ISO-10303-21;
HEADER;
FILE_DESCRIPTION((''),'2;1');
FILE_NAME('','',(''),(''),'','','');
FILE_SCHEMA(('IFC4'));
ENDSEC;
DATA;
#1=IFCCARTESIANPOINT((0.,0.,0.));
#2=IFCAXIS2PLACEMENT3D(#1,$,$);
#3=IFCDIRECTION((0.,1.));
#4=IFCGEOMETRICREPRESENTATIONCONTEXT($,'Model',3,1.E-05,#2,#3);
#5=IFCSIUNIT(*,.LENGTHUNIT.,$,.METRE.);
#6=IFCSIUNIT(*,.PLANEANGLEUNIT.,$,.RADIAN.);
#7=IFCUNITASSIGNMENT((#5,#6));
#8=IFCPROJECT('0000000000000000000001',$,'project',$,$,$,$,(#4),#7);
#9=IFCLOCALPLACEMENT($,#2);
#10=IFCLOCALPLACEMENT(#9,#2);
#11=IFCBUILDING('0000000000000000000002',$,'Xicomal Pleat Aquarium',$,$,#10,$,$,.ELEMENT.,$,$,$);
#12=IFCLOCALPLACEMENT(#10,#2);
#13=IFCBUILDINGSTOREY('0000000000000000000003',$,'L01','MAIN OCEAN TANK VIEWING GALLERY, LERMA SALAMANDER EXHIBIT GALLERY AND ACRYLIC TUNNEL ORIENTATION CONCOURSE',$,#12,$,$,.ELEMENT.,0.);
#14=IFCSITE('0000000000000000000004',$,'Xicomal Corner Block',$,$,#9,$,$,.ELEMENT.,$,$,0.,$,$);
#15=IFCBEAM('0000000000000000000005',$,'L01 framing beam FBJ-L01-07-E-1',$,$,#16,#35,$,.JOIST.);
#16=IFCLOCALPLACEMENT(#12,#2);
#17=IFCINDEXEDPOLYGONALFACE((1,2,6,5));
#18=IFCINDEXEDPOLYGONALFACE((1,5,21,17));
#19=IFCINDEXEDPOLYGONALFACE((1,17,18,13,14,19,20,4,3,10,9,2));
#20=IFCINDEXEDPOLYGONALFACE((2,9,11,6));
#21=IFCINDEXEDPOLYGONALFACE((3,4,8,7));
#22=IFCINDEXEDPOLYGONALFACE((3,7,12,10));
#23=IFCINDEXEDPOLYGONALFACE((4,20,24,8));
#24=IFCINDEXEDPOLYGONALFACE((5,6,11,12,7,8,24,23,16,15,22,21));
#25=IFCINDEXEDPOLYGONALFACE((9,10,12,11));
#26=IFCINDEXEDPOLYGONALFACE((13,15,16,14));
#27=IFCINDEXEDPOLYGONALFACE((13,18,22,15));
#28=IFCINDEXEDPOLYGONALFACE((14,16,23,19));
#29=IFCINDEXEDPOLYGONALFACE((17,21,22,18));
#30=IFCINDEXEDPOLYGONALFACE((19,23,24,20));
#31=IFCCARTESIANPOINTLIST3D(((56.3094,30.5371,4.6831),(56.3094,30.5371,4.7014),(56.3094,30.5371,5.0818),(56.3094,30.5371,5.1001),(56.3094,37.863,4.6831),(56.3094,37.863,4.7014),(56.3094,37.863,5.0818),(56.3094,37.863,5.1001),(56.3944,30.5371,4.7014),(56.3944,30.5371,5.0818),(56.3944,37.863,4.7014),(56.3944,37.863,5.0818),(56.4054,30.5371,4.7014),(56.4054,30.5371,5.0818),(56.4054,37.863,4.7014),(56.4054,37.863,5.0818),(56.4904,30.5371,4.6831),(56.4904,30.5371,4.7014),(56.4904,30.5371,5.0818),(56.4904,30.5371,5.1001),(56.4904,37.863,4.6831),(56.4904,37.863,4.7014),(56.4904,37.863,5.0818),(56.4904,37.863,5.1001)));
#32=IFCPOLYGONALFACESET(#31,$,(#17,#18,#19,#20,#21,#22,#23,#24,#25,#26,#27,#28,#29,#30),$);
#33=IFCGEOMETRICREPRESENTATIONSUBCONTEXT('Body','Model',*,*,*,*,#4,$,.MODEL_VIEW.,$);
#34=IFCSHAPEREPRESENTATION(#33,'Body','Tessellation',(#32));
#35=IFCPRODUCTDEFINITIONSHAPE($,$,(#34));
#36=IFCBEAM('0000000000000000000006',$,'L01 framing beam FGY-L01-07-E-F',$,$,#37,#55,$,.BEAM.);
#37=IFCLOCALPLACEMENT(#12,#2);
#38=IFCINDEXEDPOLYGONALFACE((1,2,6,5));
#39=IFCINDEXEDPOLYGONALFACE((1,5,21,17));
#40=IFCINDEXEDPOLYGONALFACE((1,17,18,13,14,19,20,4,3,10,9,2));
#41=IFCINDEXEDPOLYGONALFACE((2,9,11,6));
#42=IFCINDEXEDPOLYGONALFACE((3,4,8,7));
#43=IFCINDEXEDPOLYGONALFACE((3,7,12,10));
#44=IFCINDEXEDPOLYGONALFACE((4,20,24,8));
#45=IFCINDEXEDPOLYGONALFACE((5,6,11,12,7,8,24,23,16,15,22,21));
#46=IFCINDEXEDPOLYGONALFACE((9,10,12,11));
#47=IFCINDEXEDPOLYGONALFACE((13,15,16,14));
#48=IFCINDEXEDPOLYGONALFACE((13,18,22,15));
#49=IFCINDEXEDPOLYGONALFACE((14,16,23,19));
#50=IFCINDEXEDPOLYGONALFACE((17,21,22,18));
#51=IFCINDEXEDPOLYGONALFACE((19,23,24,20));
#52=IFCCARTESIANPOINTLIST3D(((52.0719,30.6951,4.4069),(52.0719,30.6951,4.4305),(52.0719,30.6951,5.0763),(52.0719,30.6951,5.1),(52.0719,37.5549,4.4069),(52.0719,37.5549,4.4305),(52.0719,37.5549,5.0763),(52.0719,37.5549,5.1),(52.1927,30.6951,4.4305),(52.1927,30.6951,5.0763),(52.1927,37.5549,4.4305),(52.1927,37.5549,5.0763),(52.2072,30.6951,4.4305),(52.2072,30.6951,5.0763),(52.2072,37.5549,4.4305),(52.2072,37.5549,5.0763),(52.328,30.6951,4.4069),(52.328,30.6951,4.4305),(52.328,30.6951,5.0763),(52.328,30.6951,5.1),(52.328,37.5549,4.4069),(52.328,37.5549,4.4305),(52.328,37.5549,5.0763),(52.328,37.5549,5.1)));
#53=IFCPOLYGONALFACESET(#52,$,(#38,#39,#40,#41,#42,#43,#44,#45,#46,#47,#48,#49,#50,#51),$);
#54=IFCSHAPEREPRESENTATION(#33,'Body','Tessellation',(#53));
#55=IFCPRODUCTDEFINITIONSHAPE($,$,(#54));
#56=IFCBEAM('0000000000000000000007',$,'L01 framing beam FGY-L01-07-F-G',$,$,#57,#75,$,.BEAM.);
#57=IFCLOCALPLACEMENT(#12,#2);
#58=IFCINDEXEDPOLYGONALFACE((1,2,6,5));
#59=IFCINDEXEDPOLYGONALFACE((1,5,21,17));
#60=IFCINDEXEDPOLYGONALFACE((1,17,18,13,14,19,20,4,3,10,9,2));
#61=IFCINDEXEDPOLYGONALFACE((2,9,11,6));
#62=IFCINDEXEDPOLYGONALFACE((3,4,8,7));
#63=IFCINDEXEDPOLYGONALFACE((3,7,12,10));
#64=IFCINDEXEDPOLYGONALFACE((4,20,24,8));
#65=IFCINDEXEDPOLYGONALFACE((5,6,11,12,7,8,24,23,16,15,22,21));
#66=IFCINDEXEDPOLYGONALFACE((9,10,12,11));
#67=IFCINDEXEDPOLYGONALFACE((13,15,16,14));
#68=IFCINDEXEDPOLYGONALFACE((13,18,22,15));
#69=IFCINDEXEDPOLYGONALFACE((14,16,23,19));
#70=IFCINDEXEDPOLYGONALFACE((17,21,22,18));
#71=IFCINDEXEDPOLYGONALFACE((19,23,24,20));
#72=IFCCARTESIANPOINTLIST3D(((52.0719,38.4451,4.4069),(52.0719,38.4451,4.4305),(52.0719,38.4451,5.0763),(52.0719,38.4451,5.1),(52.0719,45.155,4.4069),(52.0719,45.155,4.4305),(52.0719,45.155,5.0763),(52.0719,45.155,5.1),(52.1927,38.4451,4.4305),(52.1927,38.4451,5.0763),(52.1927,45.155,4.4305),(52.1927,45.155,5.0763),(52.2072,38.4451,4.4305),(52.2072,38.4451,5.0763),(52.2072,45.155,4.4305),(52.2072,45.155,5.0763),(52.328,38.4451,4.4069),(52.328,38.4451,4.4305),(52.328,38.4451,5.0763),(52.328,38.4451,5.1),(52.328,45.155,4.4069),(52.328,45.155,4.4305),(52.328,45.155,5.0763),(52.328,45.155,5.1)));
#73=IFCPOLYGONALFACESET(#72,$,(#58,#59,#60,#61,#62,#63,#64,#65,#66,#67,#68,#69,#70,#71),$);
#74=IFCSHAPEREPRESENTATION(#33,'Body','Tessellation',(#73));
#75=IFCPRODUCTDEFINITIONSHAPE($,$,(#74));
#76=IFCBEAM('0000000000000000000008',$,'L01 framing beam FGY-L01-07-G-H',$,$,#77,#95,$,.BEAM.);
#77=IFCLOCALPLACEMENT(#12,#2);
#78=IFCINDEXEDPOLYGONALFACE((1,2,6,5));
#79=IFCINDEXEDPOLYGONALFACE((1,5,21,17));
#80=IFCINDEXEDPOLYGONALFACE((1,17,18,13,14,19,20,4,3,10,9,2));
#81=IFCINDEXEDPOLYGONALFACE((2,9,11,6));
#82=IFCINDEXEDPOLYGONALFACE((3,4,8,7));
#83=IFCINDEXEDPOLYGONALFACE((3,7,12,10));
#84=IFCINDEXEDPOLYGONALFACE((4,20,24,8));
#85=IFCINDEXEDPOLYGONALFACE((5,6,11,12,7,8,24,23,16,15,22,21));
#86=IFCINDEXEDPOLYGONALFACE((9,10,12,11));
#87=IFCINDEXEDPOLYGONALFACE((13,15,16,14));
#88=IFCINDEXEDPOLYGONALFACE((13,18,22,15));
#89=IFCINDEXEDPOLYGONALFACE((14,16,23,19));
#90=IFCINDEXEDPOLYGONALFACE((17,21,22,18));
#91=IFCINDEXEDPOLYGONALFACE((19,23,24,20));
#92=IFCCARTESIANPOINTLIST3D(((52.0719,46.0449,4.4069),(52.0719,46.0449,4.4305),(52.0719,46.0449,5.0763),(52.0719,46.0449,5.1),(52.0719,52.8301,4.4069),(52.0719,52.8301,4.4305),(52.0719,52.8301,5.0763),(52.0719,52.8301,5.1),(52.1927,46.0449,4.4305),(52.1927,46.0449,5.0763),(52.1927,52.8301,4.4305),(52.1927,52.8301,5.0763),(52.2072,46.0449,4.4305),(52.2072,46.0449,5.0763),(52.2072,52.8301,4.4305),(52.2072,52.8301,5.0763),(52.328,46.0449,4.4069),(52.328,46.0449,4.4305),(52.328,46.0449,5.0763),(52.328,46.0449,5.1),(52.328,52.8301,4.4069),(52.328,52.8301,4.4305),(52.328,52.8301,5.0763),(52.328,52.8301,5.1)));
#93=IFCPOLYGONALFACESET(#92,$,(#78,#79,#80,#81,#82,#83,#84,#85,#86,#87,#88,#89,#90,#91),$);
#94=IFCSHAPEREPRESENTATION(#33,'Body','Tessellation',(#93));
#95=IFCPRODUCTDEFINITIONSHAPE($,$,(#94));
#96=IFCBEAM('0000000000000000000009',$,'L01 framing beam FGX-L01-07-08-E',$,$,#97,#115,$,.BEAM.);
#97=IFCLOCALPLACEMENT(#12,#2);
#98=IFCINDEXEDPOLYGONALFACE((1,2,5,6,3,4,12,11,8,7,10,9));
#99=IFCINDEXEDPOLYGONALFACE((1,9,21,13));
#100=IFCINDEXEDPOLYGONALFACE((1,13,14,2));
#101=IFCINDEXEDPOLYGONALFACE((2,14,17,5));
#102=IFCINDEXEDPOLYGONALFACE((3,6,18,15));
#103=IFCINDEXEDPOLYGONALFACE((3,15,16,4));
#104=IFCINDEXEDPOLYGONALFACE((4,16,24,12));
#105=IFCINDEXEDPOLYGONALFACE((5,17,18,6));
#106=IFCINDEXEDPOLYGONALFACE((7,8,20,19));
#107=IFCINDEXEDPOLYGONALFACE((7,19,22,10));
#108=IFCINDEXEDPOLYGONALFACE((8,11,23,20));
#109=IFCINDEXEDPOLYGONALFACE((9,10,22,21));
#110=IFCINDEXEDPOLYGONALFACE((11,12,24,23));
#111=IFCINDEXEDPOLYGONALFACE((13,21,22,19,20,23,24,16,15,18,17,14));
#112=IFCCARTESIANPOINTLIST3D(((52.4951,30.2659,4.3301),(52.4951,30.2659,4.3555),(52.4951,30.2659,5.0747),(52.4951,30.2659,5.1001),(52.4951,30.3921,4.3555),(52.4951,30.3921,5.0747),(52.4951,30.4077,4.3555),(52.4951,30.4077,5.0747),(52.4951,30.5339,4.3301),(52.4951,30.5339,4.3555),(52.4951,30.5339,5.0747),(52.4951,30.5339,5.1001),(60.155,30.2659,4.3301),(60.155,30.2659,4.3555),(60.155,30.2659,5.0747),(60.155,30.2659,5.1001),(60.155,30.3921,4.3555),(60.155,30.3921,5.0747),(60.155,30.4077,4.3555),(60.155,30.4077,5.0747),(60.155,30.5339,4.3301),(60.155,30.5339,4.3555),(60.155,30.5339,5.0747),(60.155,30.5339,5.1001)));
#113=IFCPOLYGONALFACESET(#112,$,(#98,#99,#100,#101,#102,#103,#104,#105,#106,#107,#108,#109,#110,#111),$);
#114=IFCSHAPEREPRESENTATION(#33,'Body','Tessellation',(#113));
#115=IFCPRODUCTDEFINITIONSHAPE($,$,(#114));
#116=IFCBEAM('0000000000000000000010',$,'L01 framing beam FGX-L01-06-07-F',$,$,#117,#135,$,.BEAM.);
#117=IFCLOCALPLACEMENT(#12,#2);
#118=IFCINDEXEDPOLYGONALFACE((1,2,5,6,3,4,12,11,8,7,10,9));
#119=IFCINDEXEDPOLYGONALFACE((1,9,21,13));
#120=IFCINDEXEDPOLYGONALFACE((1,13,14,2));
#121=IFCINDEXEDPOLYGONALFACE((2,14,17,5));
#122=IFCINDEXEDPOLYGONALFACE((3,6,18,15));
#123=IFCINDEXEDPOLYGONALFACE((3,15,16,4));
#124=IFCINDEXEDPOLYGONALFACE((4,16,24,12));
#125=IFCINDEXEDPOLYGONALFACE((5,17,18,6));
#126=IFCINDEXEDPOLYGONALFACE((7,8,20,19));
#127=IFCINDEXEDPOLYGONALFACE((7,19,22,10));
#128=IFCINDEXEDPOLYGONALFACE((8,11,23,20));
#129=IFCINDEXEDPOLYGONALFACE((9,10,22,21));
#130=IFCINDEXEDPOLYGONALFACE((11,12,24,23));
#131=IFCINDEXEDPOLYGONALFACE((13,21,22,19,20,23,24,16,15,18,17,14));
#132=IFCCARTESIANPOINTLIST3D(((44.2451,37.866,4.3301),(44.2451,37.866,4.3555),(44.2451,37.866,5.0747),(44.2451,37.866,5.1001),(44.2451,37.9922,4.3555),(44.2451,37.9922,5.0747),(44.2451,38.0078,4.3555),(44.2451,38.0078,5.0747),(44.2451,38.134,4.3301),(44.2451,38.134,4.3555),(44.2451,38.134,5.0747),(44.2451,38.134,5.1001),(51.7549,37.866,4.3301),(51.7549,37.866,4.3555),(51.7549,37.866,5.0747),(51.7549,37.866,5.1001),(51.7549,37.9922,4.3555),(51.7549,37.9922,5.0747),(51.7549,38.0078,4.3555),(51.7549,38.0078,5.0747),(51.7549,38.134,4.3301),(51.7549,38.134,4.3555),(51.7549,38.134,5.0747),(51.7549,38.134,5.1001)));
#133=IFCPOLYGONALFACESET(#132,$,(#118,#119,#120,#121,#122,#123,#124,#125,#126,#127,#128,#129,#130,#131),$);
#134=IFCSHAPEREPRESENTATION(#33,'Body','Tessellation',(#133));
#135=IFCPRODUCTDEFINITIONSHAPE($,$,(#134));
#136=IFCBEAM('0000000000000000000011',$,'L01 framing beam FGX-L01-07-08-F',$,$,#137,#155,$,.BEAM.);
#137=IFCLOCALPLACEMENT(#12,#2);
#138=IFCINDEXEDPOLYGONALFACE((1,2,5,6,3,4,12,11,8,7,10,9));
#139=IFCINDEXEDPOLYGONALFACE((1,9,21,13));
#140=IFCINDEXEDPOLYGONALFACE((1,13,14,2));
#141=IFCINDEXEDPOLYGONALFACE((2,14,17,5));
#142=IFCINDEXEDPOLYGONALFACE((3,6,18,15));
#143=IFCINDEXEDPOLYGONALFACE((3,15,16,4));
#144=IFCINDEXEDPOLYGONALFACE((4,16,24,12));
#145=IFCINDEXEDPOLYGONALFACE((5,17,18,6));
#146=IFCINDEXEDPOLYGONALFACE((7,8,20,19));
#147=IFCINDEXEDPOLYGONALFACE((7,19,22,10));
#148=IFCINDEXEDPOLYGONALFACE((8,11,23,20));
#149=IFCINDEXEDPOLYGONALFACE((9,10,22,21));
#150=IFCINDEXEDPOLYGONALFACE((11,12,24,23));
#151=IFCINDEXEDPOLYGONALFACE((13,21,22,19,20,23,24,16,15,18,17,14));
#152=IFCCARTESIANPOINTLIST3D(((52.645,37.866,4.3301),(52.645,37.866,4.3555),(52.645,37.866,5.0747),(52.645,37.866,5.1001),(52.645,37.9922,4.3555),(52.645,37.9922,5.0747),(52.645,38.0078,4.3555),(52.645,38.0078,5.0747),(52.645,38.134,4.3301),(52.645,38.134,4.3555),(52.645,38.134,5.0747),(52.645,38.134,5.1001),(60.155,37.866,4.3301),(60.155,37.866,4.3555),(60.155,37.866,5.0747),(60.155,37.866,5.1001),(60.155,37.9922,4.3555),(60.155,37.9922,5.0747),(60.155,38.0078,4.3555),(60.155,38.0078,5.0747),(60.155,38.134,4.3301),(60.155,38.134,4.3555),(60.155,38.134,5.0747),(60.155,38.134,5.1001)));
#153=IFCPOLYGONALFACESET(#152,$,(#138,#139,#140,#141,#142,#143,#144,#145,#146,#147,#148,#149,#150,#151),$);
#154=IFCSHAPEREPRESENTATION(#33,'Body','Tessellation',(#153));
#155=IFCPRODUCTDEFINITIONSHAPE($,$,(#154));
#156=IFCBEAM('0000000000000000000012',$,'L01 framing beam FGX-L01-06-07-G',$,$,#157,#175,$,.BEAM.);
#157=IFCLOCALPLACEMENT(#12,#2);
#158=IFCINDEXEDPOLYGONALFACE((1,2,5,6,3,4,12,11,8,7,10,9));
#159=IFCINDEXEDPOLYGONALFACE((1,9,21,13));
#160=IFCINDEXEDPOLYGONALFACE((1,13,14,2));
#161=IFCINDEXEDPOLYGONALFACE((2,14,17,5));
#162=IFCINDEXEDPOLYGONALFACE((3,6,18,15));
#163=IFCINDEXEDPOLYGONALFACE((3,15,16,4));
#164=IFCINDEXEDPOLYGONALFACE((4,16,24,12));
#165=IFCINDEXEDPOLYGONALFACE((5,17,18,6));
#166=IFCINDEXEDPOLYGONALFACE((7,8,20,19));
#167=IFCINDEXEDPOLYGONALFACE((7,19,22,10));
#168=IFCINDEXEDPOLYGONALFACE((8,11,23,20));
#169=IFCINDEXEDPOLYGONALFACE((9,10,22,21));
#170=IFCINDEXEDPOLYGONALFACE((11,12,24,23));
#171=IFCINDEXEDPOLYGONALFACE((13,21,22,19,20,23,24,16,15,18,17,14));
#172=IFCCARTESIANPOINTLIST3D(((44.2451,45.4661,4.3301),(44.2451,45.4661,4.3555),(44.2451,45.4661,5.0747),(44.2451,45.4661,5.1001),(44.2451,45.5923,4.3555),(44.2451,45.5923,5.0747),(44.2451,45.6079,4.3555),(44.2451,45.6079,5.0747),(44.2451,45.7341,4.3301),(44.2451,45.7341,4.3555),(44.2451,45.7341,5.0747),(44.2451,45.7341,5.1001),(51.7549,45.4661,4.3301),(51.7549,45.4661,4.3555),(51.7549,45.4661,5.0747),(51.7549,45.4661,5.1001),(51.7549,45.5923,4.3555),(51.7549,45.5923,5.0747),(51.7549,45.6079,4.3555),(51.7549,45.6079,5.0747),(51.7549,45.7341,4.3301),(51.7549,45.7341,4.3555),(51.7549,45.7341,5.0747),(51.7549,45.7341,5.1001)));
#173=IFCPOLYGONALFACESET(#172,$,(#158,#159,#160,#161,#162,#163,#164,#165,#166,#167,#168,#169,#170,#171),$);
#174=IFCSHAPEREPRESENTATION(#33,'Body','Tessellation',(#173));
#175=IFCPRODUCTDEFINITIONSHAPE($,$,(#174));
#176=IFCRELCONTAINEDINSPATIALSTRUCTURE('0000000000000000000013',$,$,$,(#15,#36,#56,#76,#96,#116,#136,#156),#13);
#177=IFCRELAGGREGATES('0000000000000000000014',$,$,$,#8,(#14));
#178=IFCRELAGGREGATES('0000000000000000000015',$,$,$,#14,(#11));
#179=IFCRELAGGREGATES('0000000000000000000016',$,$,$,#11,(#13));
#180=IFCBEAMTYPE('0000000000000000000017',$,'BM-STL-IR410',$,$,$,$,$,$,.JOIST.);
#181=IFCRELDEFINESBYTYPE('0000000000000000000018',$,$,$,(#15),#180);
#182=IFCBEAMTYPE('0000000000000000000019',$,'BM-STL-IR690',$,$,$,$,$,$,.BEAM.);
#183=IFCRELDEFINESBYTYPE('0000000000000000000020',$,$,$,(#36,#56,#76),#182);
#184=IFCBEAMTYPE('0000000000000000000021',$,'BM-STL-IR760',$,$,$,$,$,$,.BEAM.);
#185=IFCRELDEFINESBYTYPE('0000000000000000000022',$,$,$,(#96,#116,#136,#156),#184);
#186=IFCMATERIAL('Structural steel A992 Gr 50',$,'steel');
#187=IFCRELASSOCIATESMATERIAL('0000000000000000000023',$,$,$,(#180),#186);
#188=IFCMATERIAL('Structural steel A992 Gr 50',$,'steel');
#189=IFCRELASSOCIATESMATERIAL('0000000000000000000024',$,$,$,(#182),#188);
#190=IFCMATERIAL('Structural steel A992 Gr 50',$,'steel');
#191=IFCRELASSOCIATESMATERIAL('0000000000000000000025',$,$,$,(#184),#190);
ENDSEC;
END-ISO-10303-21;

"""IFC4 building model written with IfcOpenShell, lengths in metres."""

from ifc_helpers import new_model, si_unit, direction, frame, origin, origin_2d, place, context, subcontext, project, spatial, i_section, extrude, material, material_profile, profile_set, type_object, element, save


model = new_model("IFC4")

# Units and contexts
model_context = context("Model", 3, precision=1e-05, world=origin(), true_north=direction((0.0, 1.0)))
body_context = subcontext(model_context, "Body", "Model", "MODEL_VIEW")
ifc_project = project(units=[si_unit("LENGTHUNIT", "METRE"), si_unit("PLANEANGLEUNIT", "RADIAN")], contexts=[model_context])

# Site, building, storey
site_placement = place(None, origin())
site = spatial("IfcSite", under=ifc_project, at=site_placement, Name="Xicomal Corner Block", CompositionType="ELEMENT", RefElevation=0.0)
building_placement = place(site_placement, origin())
building = spatial("IfcBuilding", under=site, at=building_placement, Name="Xicomal Pleat Aquarium", CompositionType="ELEMENT")
storey_placement = place(building_placement, origin())
storey = spatial("IfcBuildingStorey", under=building, at=storey_placement, Name="L01", Description="MAIN OCEAN TANK VIEWING GALLERY, LERMA SALAMANDER EXHIBIT GALLERY AND ACRYLIC TUNNEL ORIENTATION CONCOURSE", CompositionType="ELEMENT", Elevation=0.0)

# Beams
ifc_material_1 = material(Name="Structural steel A992 Gr 50", Category="steel")
ifc_material_profile_1 = material_profile(ifc_material_1, i_section(OverallWidth=0.1809, OverallDepth=0.417, WebThickness=0.011, FlangeThickness=0.0183, at=origin_2d()), Name="IR 410x85")
ifc_profile_set_1 = profile_set([ifc_material_profile_1], Name="Structural steel A992 Gr 50")
beam_type_1 = type_object("IfcBeamType", Name="BM-STL-IR410", PredefinedType="JOIST", material=ifc_profile_set_1)
for number, where, z_axis, x_axis, name in (
    (1, (56.3999, 30.5371, 4.8916), (0.0, 1.0, 0.0), (-1.0, 0.0, 0.0), "L01 framing beam FBJ-L01-07-E-1"),
):
    element("IfcBeam", number, at=place(storey_placement, frame(where, z_axis=z_axis, x_axis=x_axis)), inside=storey, type_object=beam_type_1, Name=name, PredefinedType="JOIST", context=body_context, shape_type="SweptSolid", body=[
        extrude(i_section(OverallWidth=0.1809, OverallDepth=0.417, WebThickness=0.011, FlangeThickness=0.0183, at=origin_2d()), origin(), (0.0, 0.0, 1.0), 7.3259),
    ])
ifc_material_2 = material(Name="Structural steel A992 Gr 50", Category="steel")
ifc_material_profile_2 = material_profile(ifc_material_2, i_section(OverallWidth=0.2561, OverallDepth=0.6931, WebThickness=0.0144, FlangeThickness=0.0237, at=origin_2d()), Name="IR 690x170")
ifc_profile_set_2 = profile_set([ifc_material_profile_2], Name="Structural steel A992 Gr 50")
beam_type_2 = type_object("IfcBeamType", Name="BM-STL-IR690", PredefinedType="BEAM", material=ifc_profile_set_2)
beam_1_placement = place(storey_placement, frame((52.2, 30.6951, 4.7534), z_axis=(0.0, 1.0, 0.0), x_axis=(-1.0, 0.0, 0.0)))
element("IfcBeam", 2, at=beam_1_placement, inside=storey, type_object=beam_type_2, Name="L01 framing beam FGY-L01-07-E-F", PredefinedType="BEAM", context=body_context, shape_type="SweptSolid", body=[
    extrude(i_section(OverallWidth=0.2561, OverallDepth=0.6931, WebThickness=0.0144, FlangeThickness=0.0237, at=origin_2d()), origin(), (0.0, 0.0, 1.0), 6.8599),
])
beam_2_placement = place(storey_placement, frame((52.2, 38.4451, 4.7534), z_axis=(0.0, 1.0, 0.0), x_axis=(-1.0, 0.0, 0.0)))
element("IfcBeam", 3, at=beam_2_placement, inside=storey, type_object=beam_type_2, Name="L01 framing beam FGY-L01-07-F-G", PredefinedType="BEAM", context=body_context, shape_type="SweptSolid", body=[
    extrude(i_section(OverallWidth=0.2561, OverallDepth=0.6931, WebThickness=0.0144, FlangeThickness=0.0237, at=origin_2d()), origin(), (0.0, 0.0, 1.0), 6.71),
])
beam_3_placement = place(storey_placement, frame((52.2, 46.0449, 4.7534), z_axis=(0.0, 1.0, 0.0), x_axis=(-1.0, 0.0, 0.0)))
element("IfcBeam", 4, at=beam_3_placement, inside=storey, type_object=beam_type_2, Name="L01 framing beam FGY-L01-07-G-H", PredefinedType="BEAM", context=body_context, shape_type="SweptSolid", body=[
    extrude(i_section(OverallWidth=0.2561, OverallDepth=0.6931, WebThickness=0.0144, FlangeThickness=0.0237, at=origin_2d()), origin(), (0.0, 0.0, 1.0), 6.7852),
])
ifc_material_3 = material(Name="Structural steel A992 Gr 50", Category="steel")
ifc_material_profile_3 = material_profile(ifc_material_3, i_section(OverallWidth=0.2681, OverallDepth=0.77, WebThickness=0.0156, FlangeThickness=0.0254, at=origin_2d()), Name="IR 760x196")
ifc_profile_set_3 = profile_set([ifc_material_profile_3], Name="Structural steel A992 Gr 50")
beam_type_3 = type_object("IfcBeamType", Name="BM-STL-IR760", PredefinedType="BEAM", material=ifc_profile_set_3)
beam_4_placement = place(storey_placement, frame((52.4951, 30.3999, 4.7151), z_axis=(1.0, 0.0, 0.0), x_axis=(0.0, 1.0, 0.0)))
element("IfcBeam", 5, at=beam_4_placement, inside=storey, type_object=beam_type_3, Name="L01 framing beam FGX-L01-07-08-E", PredefinedType="BEAM", context=body_context, shape_type="SweptSolid", body=[
    extrude(i_section(OverallWidth=0.2681, OverallDepth=0.77, WebThickness=0.0156, FlangeThickness=0.0254, at=origin_2d()), origin(), (0.0, 0.0, 1.0), 7.6599),
])
beam_5_placement = place(storey_placement, frame((44.2451, 38.0, 4.7151), z_axis=(1.0, 0.0, 0.0), x_axis=(0.0, 1.0, 0.0)))
element("IfcBeam", 6, at=beam_5_placement, inside=storey, type_object=beam_type_3, Name="L01 framing beam FGX-L01-06-07-F", PredefinedType="BEAM", context=body_context, shape_type="SweptSolid", body=[
    extrude(i_section(OverallWidth=0.2681, OverallDepth=0.77, WebThickness=0.0156, FlangeThickness=0.0254, at=origin_2d()), origin(), (0.0, 0.0, 1.0), 7.5098),
])
beam_6_placement = place(storey_placement, frame((52.645, 38.0, 4.7151), z_axis=(1.0, 0.0, 0.0), x_axis=(0.0, 1.0, 0.0)))
element("IfcBeam", 7, at=beam_6_placement, inside=storey, type_object=beam_type_3, Name="L01 framing beam FGX-L01-07-08-F", PredefinedType="BEAM", context=body_context, shape_type="SweptSolid", body=[
    extrude(i_section(OverallWidth=0.2681, OverallDepth=0.77, WebThickness=0.0156, FlangeThickness=0.0254, at=origin_2d()), origin(), (0.0, 0.0, 1.0), 7.51),
])
beam_7_placement = place(storey_placement, frame((44.2451, 45.6001, 4.7151), z_axis=(1.0, 0.0, 0.0), x_axis=(0.0, 1.0, 0.0)))
element("IfcBeam", 8, at=beam_7_placement, inside=storey, type_object=beam_type_3, Name="L01 framing beam FGX-L01-06-07-G", PredefinedType="BEAM", context=body_context, shape_type="SweptSolid", body=[
    extrude(i_section(OverallWidth=0.2681, OverallDepth=0.77, WebThickness=0.0156, FlangeThickness=0.0254, at=origin_2d()), origin(), (0.0, 0.0, 1.0), 7.5098),
])

save(model, "model.ifc")
